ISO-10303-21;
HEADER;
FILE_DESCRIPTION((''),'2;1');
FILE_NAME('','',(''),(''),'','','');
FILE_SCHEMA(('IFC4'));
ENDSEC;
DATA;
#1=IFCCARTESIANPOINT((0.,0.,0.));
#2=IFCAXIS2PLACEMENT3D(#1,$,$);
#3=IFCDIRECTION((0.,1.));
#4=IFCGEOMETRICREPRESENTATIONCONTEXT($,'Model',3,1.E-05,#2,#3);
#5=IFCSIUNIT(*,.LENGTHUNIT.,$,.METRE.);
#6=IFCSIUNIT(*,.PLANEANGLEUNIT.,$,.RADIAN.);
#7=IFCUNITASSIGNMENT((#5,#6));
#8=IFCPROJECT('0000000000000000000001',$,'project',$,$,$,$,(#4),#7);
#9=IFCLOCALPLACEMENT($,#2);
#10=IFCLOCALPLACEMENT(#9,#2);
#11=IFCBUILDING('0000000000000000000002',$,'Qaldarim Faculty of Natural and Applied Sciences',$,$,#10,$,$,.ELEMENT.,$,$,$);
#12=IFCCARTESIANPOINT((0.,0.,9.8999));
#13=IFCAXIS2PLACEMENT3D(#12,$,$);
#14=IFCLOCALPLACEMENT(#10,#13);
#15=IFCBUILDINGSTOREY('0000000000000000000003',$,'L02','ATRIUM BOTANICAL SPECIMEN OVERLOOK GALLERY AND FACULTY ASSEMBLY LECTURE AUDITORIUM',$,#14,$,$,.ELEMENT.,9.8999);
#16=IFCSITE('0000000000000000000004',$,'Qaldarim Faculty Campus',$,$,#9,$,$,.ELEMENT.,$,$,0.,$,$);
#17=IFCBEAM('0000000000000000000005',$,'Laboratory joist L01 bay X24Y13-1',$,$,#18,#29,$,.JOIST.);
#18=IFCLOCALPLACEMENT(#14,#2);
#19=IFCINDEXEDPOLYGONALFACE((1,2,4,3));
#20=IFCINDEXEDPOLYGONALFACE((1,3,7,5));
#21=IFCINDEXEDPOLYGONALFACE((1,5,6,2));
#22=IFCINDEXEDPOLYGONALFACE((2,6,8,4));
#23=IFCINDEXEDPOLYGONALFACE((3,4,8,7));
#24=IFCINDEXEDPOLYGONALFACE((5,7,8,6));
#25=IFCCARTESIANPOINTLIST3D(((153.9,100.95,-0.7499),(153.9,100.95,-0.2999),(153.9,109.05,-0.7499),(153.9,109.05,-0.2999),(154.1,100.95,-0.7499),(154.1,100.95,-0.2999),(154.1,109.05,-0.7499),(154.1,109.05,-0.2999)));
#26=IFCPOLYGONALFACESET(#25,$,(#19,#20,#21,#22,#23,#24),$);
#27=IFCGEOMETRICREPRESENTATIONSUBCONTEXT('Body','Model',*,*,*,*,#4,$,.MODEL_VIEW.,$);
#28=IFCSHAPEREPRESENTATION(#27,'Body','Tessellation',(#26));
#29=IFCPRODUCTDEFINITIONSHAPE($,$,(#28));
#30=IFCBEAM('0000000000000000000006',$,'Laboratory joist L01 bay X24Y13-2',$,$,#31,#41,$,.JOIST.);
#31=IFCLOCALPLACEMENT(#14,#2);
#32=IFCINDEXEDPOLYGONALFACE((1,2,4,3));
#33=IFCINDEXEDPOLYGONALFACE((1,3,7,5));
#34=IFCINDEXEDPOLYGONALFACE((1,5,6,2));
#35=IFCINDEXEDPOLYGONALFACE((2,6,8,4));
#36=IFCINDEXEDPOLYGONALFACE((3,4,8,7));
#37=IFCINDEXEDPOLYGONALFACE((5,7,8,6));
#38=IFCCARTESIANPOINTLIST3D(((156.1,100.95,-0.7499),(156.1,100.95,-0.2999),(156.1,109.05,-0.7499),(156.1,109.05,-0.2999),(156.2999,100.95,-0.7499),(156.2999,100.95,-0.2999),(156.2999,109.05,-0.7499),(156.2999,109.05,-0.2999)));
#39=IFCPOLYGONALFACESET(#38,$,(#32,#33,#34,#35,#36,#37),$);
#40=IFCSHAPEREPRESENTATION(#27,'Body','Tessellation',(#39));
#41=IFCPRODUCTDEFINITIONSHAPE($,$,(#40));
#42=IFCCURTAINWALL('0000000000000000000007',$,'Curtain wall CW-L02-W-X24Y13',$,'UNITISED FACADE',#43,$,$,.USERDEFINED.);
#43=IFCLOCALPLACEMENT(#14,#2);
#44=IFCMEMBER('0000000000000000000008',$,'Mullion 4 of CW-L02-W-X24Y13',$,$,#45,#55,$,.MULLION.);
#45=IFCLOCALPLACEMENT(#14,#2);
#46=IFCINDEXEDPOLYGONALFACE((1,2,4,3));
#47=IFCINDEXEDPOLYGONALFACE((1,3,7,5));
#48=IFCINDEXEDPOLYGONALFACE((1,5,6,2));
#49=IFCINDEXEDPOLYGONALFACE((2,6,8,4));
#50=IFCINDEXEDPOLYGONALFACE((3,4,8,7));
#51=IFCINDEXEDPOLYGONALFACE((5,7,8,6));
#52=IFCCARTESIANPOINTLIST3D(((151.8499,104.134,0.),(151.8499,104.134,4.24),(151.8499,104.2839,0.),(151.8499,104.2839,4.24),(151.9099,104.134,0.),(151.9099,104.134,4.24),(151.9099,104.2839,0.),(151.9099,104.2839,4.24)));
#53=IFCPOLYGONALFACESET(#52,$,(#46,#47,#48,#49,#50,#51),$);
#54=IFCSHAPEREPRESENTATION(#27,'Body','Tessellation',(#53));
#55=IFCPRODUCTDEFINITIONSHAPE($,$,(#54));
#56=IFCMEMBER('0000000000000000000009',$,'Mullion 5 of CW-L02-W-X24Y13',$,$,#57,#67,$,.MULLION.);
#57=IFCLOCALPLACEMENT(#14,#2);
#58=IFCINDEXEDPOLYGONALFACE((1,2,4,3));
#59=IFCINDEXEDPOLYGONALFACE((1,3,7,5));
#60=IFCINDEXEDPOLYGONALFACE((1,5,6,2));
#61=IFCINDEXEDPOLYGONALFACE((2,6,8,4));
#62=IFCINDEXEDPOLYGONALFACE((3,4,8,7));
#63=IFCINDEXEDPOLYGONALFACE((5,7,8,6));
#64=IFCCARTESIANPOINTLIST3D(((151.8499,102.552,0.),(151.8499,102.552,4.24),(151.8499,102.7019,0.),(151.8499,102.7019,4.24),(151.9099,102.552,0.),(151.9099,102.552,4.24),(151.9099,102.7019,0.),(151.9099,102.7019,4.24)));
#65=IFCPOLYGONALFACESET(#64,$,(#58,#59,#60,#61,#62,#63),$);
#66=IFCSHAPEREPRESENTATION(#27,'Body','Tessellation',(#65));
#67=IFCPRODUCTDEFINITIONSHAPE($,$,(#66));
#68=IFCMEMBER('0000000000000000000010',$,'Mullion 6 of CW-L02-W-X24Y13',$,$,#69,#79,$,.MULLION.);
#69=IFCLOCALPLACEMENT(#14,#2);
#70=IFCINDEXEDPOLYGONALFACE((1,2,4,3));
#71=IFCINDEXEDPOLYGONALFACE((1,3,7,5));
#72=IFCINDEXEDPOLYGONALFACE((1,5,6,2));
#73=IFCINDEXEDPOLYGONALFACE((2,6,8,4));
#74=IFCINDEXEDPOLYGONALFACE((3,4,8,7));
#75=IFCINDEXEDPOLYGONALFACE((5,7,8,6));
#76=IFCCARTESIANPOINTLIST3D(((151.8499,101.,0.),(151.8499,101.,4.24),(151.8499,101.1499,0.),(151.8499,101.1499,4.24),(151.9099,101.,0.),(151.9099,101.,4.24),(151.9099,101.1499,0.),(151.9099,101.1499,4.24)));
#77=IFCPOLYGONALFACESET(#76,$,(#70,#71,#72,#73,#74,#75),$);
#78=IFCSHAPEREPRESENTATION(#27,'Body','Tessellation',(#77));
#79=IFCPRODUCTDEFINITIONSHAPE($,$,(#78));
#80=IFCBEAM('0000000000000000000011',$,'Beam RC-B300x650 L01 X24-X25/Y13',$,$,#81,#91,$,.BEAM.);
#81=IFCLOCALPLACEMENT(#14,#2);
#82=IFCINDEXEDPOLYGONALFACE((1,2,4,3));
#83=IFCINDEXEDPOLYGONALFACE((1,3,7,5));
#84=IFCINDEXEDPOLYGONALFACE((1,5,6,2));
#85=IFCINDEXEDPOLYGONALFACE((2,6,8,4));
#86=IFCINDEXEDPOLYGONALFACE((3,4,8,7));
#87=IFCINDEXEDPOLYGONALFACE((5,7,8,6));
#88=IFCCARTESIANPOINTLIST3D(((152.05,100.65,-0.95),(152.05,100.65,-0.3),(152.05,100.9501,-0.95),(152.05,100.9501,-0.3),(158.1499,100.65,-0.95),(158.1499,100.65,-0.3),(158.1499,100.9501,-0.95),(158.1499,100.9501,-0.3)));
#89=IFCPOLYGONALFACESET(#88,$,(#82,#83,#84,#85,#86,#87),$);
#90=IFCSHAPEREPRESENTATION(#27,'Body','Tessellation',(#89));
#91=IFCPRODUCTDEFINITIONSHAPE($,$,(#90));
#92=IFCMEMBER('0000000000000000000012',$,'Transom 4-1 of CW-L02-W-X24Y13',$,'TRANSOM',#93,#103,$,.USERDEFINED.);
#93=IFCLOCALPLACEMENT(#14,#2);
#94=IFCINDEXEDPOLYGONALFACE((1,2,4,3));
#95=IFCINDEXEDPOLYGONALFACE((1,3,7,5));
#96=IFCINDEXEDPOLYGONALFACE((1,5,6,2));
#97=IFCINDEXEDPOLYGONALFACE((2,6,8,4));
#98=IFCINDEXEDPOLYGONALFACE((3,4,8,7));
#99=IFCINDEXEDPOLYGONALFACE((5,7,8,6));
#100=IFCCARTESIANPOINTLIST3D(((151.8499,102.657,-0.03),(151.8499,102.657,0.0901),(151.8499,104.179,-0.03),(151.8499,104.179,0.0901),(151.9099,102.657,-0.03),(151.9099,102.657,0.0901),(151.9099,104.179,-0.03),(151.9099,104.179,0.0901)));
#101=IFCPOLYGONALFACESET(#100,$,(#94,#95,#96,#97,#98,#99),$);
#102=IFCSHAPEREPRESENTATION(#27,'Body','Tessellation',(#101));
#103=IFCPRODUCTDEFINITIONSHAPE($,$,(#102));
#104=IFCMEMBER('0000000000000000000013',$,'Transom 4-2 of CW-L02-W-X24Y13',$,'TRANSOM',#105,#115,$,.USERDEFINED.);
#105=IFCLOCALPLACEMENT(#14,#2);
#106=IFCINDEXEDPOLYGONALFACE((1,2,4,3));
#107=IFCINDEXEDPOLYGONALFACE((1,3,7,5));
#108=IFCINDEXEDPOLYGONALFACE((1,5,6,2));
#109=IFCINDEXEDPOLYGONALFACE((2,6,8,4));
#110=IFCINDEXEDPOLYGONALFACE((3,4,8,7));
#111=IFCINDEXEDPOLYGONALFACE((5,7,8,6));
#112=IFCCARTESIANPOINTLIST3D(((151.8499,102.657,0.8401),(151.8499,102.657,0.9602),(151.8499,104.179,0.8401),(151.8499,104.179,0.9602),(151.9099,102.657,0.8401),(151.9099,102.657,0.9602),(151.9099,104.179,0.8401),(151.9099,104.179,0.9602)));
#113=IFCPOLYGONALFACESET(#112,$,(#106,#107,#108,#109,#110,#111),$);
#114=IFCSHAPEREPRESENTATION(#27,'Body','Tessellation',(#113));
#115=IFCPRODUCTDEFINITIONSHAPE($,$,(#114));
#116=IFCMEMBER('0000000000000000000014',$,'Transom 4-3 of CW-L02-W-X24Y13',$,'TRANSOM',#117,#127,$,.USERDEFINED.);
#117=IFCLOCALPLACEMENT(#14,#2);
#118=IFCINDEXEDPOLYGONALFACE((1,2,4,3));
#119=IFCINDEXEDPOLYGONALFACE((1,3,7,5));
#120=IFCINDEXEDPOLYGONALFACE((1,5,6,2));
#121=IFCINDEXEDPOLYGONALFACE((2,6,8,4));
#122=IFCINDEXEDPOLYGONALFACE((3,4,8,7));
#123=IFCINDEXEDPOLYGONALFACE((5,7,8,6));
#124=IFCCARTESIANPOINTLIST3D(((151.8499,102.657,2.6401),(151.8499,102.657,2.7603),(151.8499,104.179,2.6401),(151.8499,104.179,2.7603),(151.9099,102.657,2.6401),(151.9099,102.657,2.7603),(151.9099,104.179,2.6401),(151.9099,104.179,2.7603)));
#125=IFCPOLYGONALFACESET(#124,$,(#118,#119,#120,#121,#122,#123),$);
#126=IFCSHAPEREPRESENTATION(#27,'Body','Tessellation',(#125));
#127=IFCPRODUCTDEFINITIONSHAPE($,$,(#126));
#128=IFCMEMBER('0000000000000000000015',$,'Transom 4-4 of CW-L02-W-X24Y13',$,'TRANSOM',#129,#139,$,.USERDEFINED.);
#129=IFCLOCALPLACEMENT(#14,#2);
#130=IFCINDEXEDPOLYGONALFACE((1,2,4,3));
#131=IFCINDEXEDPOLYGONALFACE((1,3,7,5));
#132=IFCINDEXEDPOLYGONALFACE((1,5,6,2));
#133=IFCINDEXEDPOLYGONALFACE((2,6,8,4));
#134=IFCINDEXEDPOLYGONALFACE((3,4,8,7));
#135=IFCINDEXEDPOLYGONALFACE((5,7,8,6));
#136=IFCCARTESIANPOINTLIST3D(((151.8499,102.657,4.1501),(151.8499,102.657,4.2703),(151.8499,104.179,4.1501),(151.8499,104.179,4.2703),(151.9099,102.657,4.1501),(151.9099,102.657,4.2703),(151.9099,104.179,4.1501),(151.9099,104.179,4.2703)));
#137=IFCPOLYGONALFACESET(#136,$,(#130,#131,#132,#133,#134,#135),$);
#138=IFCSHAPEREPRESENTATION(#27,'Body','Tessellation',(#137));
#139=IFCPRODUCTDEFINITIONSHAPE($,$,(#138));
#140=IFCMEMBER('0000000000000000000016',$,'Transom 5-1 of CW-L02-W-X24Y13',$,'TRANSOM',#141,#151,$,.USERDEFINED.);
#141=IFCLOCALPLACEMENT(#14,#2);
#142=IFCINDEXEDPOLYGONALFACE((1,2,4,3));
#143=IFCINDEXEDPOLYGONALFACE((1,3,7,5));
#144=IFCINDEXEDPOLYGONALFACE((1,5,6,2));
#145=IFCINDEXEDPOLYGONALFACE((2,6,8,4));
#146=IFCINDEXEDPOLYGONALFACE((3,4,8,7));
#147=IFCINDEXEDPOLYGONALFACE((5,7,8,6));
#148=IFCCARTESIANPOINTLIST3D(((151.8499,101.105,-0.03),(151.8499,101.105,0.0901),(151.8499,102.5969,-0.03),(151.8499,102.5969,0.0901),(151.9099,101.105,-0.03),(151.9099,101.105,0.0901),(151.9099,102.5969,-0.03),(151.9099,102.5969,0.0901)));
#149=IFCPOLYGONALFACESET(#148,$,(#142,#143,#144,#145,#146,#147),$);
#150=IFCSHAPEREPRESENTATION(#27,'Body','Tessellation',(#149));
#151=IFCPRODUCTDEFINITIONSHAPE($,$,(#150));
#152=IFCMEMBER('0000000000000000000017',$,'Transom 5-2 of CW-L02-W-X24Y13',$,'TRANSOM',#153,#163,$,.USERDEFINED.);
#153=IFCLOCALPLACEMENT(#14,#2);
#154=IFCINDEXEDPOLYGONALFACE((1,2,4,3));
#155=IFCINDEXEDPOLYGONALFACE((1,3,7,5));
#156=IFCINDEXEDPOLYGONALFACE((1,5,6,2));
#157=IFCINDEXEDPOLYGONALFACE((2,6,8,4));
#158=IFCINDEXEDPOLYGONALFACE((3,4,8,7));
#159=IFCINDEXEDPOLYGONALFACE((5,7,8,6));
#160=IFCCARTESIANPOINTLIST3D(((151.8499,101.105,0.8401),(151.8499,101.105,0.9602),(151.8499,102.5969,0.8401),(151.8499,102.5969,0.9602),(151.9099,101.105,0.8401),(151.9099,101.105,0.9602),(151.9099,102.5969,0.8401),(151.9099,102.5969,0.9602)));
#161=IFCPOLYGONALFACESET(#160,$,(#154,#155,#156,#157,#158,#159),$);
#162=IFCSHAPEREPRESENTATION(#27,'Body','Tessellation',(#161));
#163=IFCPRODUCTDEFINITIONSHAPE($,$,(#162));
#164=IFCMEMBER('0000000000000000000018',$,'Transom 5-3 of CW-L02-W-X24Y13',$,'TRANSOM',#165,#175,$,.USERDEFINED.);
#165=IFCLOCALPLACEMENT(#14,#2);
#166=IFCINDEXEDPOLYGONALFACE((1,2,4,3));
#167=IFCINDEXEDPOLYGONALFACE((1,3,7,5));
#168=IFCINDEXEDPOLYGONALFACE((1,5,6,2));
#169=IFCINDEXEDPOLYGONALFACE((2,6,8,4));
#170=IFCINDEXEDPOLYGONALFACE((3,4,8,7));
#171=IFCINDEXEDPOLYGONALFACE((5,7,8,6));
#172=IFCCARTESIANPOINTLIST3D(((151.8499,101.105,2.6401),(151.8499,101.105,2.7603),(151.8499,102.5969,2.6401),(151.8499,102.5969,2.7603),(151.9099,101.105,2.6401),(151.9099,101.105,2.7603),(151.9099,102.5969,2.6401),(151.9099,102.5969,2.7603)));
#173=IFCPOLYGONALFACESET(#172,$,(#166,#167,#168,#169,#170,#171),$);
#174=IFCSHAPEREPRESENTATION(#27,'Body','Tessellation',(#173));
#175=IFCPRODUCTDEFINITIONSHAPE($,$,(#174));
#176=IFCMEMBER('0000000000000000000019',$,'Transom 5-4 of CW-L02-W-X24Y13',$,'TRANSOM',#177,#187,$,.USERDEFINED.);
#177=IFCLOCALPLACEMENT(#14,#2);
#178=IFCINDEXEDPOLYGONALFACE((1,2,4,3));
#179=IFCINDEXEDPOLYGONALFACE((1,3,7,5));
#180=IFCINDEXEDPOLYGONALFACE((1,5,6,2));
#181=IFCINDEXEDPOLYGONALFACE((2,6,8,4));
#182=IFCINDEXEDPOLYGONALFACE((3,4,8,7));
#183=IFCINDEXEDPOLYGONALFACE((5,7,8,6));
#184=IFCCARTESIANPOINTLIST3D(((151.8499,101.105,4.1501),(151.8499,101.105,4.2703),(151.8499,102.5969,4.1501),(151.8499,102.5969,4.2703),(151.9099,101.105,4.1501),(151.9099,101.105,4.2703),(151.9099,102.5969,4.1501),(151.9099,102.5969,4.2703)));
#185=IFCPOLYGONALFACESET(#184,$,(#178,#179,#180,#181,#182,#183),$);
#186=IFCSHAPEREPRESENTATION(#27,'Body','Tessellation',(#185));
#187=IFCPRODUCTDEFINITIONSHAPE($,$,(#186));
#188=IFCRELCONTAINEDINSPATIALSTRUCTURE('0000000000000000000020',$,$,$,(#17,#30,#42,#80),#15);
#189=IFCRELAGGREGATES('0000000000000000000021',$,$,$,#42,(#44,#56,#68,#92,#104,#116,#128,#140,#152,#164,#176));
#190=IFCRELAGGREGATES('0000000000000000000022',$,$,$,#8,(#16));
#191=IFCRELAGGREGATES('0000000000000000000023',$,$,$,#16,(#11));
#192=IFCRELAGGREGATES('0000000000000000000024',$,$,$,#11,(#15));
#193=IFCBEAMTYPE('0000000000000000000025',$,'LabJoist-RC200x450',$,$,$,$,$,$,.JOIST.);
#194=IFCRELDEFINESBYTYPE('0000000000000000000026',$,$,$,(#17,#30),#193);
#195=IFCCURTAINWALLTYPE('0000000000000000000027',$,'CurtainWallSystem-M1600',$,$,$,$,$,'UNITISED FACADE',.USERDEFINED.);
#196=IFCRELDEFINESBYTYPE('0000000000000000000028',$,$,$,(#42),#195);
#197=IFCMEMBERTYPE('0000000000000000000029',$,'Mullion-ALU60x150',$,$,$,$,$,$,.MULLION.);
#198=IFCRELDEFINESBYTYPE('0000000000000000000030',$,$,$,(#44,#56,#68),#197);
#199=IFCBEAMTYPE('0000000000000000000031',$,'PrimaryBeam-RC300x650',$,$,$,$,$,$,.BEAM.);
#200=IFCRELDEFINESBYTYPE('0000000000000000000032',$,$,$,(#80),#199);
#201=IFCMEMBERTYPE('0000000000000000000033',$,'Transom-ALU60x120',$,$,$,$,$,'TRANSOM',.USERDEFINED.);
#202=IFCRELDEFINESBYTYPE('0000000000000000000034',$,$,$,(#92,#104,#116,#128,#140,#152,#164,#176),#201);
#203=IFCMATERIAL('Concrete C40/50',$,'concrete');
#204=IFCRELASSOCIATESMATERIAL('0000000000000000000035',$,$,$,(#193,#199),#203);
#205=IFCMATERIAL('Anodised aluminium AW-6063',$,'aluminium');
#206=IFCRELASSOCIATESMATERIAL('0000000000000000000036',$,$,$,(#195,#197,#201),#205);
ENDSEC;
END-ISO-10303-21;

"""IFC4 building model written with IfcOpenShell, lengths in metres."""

from ifc_helpers import new_model, si_unit, direction, frame, origin, origin_2d, place, context, subcontext, project, spatial, rectangle, extrude, material, material_profile, profile_set, type_object, element, aggregate, save


model = new_model("IFC4")

# Units and contexts
model_context = context("Model", 3, precision=1e-05, world=origin(), true_north=direction((0.0, 1.0)))
body_context = subcontext(model_context, "Body", "Model", "MODEL_VIEW")
ifc_project = project(units=[si_unit("LENGTHUNIT", "METRE"), si_unit("PLANEANGLEUNIT", "RADIAN")], contexts=[model_context])

# Site, building, storey
site_placement = place(None, origin())
site = spatial("IfcSite", under=ifc_project, at=site_placement, Name="Qaldarim Faculty Campus", CompositionType="ELEMENT", RefElevation=0.0)
building_placement = place(site_placement, origin())
building = spatial("IfcBuilding", under=site, at=building_placement, Name="Qaldarim Faculty of Natural and Applied Sciences", CompositionType="ELEMENT")
storey_placement = place(building_placement, frame((0.0, 0.0, 9.8999)))
storey = spatial("IfcBuildingStorey", under=building, at=storey_placement, Name="L02", Description="ATRIUM BOTANICAL SPECIMEN OVERLOOK GALLERY AND FACULTY ASSEMBLY LECTURE AUDITORIUM", CompositionType="ELEMENT", Elevation=9.8999)

# Beams
ifc_material_1 = material(Name="Concrete C40/50", Category="concrete")
ifc_material_profile_1 = material_profile(ifc_material_1, rectangle(XDim=0.2, YDim=0.45, at=origin_2d()), Name="RC-J200x450")
ifc_profile_set_1 = profile_set([ifc_material_profile_1], Name="Concrete C40/50")
beam_type_1 = type_object("IfcBeamType", Name="LabJoist-RC200x450", PredefinedType="JOIST", material=ifc_profile_set_1)
for number, where, z_axis, x_axis, name in (
    (1, (154.0, 100.95, -0.5249), (0.0, 1.0, 0.0), (-1.0, 0.0, 0.0), "Laboratory joist L01 bay X24Y13-1"),
    (2, (156.2, 100.95, -0.5249), (0.0, 1.0, 0.0), (-1.0, 0.0, 0.0), "Laboratory joist L01 bay X24Y13-2"),
):
    element("IfcBeam", number, at=place(storey_placement, frame(where, z_axis=z_axis, x_axis=x_axis)), inside=storey, type_object=beam_type_1, Name=name, PredefinedType="JOIST", context=body_context, shape_type="SweptSolid", body=[
        extrude(rectangle(XDim=0.2, YDim=0.45, at=origin_2d()), origin(), (0.0, 0.0, 1.0), 8.1001),
    ])

# Curtain wall, members
ifc_material_2 = material(Name="Anodised aluminium AW-6063", Category="aluminium")
curtain_wall_type = type_object("IfcCurtainWallType", Name="CurtainWallSystem-M1600", ElementType="UNITISED FACADE", PredefinedType="USERDEFINED", material=ifc_material_2)
curtain_wall_placement = place(storey_placement, origin())
curtain_wall = element("IfcCurtainWall", 3, at=curtain_wall_placement, inside=storey, type_object=curtain_wall_type, Name="Curtain wall CW-L02-W-X24Y13", ObjectType="UNITISED FACADE", PredefinedType="USERDEFINED")
ifc_material_profile_2 = material_profile(ifc_material_2, rectangle(XDim=0.0601, YDim=0.1499, at=origin_2d()), Name="ALU-M60x150")
ifc_profile_set_2 = profile_set([ifc_material_profile_2], Name="Anodised aluminium AW-6063")
member_type_1 = type_object("IfcMemberType", Name="Mullion-ALU60x150", PredefinedType="MULLION", material=ifc_profile_set_2)
member_1_placement = place(storey_placement, frame((151.8799, 104.209, 0.0), z_axis=(0.0, 0.0, 1.0), x_axis=(1.0, 0.0, 0.0)))
member_1 = element("IfcMember", 4, at=member_1_placement, type_object=member_type_1, Name="Mullion 4 of CW-L02-W-X24Y13", PredefinedType="MULLION", context=body_context, shape_type="SweptSolid", body=[
    extrude(rectangle(XDim=0.0601, YDim=0.1499, at=origin_2d()), origin(), (0.0, 0.0, 1.0), 4.24),
])
member_2_placement = place(storey_placement, frame((151.8799, 102.627, 0.0), z_axis=(0.0, 0.0, 1.0), x_axis=(1.0, 0.0, 0.0)))
member_2 = element("IfcMember", 5, at=member_2_placement, type_object=member_type_1, Name="Mullion 5 of CW-L02-W-X24Y13", PredefinedType="MULLION", context=body_context, shape_type="SweptSolid", body=[
    extrude(rectangle(XDim=0.0601, YDim=0.1499, at=origin_2d()), origin(), (0.0, 0.0, 1.0), 4.24),
])
member_3_placement = place(storey_placement, frame((151.8799, 101.075, 0.0), z_axis=(0.0, 0.0, 1.0), x_axis=(1.0, 0.0, 0.0)))
member_3 = element("IfcMember", 6, at=member_3_placement, type_object=member_type_1, Name="Mullion 6 of CW-L02-W-X24Y13", PredefinedType="MULLION", context=body_context, shape_type="SweptSolid", body=[
    extrude(rectangle(XDim=0.0601, YDim=0.1499, at=origin_2d()), origin(), (0.0, 0.0, 1.0), 4.24),
])

# Beam
ifc_material_profile_3 = material_profile(ifc_material_1, rectangle(XDim=0.3, YDim=0.6499, at=origin_2d()), Name="RC-B300x650")
ifc_profile_set_3 = profile_set([ifc_material_profile_3], Name="Concrete C40/50")
beam_type_2 = type_object("IfcBeamType", Name="PrimaryBeam-RC300x650", PredefinedType="BEAM", material=ifc_profile_set_3)
beam_placement = place(storey_placement, frame((152.05, 100.8, -0.625), z_axis=(1.0, 0.0, 0.0), x_axis=(0.0, 1.0, 0.0)))
element("IfcBeam", 7, at=beam_placement, inside=storey, type_object=beam_type_2, Name="Beam RC-B300x650 L01 X24-X25/Y13", PredefinedType="BEAM", context=body_context, shape_type="SweptSolid", body=[
    extrude(rectangle(XDim=0.3, YDim=0.6499, at=origin_2d()), origin(), (0.0, 0.0, 1.0), 6.0999),
])

# Members
ifc_material_profile_4 = material_profile(ifc_material_2, rectangle(XDim=0.0601, YDim=0.1201, at=origin_2d()), Name="ALU-T60x120")
ifc_profile_set_4 = profile_set([ifc_material_profile_4], Name="Anodised aluminium AW-6063")
member_type_2 = type_object("IfcMemberType", Name="Transom-ALU60x120", ElementType="TRANSOM", PredefinedType="USERDEFINED", material=ifc_profile_set_4)
member_4_placement = place(storey_placement, frame((151.8799, 104.179, 0.03), z_axis=(0.0, -1.0, 0.0), x_axis=(1.0, 0.0, 0.0)))
member_4 = element("IfcMember", 8, at=member_4_placement, type_object=member_type_2, Name="Transom 4-1 of CW-L02-W-X24Y13", ObjectType="TRANSOM", PredefinedType="USERDEFINED", context=body_context, shape_type="SweptSolid", body=[
    extrude(rectangle(XDim=0.0601, YDim=0.1201, at=origin_2d()), origin(), (0.0, 0.0, 1.0), 1.522),
])
member_5_placement = place(storey_placement, frame((151.8799, 104.179, 0.9001), z_axis=(0.0, -1.0, 0.0), x_axis=(1.0, 0.0, 0.0)))
member_5 = element("IfcMember", 9, at=member_5_placement, type_object=member_type_2, Name="Transom 4-2 of CW-L02-W-X24Y13", ObjectType="TRANSOM", PredefinedType="USERDEFINED", context=body_context, shape_type="SweptSolid", body=[
    extrude(rectangle(XDim=0.0601, YDim=0.1201, at=origin_2d()), origin(), (0.0, 0.0, 1.0), 1.522),
])
member_6_placement = place(storey_placement, frame((151.8799, 104.179, 2.7002), z_axis=(0.0, -1.0, 0.0), x_axis=(1.0, 0.0, 0.0)))
member_6 = element("IfcMember", 10, at=member_6_placement, type_object=member_type_2, Name="Transom 4-3 of CW-L02-W-X24Y13", ObjectType="TRANSOM", PredefinedType="USERDEFINED", context=body_context, shape_type="SweptSolid", body=[
    extrude(rectangle(XDim=0.0601, YDim=0.1201, at=origin_2d()), origin(), (0.0, 0.0, 1.0), 1.522),
])
member_7_placement = place(storey_placement, frame((151.8799, 104.179, 4.2102), z_axis=(0.0, -1.0, 0.0), x_axis=(1.0, 0.0, 0.0)))
member_7 = element("IfcMember", 11, at=member_7_placement, type_object=member_type_2, Name="Transom 4-4 of CW-L02-W-X24Y13", ObjectType="TRANSOM", PredefinedType="USERDEFINED", context=body_context, shape_type="SweptSolid", body=[
    extrude(rectangle(XDim=0.0601, YDim=0.1201, at=origin_2d()), origin(), (0.0, 0.0, 1.0), 1.522),
])
member_8_placement = place(storey_placement, frame((151.8799, 102.5969, 0.03), z_axis=(0.0, -1.0, 0.0), x_axis=(1.0, 0.0, 0.0)))
member_8 = element("IfcMember", 12, at=member_8_placement, type_object=member_type_2, Name="Transom 5-1 of CW-L02-W-X24Y13", ObjectType="TRANSOM", PredefinedType="USERDEFINED", context=body_context, shape_type="SweptSolid", body=[
    extrude(rectangle(XDim=0.0601, YDim=0.1201, at=origin_2d()), origin(), (0.0, 0.0, 1.0), 1.4919),
])
member_9_placement = place(storey_placement, frame((151.8799, 102.5969, 0.9001), z_axis=(0.0, -1.0, 0.0), x_axis=(1.0, 0.0, 0.0)))
member_9 = element("IfcMember", 13, at=member_9_placement, type_object=member_type_2, Name="Transom 5-2 of CW-L02-W-X24Y13", ObjectType="TRANSOM", PredefinedType="USERDEFINED", context=body_context, shape_type="SweptSolid", body=[
    extrude(rectangle(XDim=0.0601, YDim=0.1201, at=origin_2d()), origin(), (0.0, 0.0, 1.0), 1.4919),
])
member_10_placement = place(storey_placement, frame((151.8799, 102.5969, 2.7002), z_axis=(0.0, -1.0, 0.0), x_axis=(1.0, 0.0, 0.0)))
member_10 = element("IfcMember", 14, at=member_10_placement, type_object=member_type_2, Name="Transom 5-3 of CW-L02-W-X24Y13", ObjectType="TRANSOM", PredefinedType="USERDEFINED", context=body_context, shape_type="SweptSolid", body=[
    extrude(rectangle(XDim=0.0601, YDim=0.1201, at=origin_2d()), origin(), (0.0, 0.0, 1.0), 1.4919),
])
member_11_placement = place(storey_placement, frame((151.8799, 102.5969, 4.2102), z_axis=(0.0, -1.0, 0.0), x_axis=(1.0, 0.0, 0.0)))
member_11 = element("IfcMember", 15, at=member_11_placement, type_object=member_type_2, Name="Transom 5-4 of CW-L02-W-X24Y13", ObjectType="TRANSOM", PredefinedType="USERDEFINED", context=body_context, shape_type="SweptSolid", body=[
    extrude(rectangle(XDim=0.0601, YDim=0.1201, at=origin_2d()), origin(), (0.0, 0.0, 1.0), 1.4919),
])

aggregate(curtain_wall, [member_1, member_2, member_3, member_4, member_5, member_6, member_7, member_8, member_9, member_10, member_11])

save(model, "model.ifc")
